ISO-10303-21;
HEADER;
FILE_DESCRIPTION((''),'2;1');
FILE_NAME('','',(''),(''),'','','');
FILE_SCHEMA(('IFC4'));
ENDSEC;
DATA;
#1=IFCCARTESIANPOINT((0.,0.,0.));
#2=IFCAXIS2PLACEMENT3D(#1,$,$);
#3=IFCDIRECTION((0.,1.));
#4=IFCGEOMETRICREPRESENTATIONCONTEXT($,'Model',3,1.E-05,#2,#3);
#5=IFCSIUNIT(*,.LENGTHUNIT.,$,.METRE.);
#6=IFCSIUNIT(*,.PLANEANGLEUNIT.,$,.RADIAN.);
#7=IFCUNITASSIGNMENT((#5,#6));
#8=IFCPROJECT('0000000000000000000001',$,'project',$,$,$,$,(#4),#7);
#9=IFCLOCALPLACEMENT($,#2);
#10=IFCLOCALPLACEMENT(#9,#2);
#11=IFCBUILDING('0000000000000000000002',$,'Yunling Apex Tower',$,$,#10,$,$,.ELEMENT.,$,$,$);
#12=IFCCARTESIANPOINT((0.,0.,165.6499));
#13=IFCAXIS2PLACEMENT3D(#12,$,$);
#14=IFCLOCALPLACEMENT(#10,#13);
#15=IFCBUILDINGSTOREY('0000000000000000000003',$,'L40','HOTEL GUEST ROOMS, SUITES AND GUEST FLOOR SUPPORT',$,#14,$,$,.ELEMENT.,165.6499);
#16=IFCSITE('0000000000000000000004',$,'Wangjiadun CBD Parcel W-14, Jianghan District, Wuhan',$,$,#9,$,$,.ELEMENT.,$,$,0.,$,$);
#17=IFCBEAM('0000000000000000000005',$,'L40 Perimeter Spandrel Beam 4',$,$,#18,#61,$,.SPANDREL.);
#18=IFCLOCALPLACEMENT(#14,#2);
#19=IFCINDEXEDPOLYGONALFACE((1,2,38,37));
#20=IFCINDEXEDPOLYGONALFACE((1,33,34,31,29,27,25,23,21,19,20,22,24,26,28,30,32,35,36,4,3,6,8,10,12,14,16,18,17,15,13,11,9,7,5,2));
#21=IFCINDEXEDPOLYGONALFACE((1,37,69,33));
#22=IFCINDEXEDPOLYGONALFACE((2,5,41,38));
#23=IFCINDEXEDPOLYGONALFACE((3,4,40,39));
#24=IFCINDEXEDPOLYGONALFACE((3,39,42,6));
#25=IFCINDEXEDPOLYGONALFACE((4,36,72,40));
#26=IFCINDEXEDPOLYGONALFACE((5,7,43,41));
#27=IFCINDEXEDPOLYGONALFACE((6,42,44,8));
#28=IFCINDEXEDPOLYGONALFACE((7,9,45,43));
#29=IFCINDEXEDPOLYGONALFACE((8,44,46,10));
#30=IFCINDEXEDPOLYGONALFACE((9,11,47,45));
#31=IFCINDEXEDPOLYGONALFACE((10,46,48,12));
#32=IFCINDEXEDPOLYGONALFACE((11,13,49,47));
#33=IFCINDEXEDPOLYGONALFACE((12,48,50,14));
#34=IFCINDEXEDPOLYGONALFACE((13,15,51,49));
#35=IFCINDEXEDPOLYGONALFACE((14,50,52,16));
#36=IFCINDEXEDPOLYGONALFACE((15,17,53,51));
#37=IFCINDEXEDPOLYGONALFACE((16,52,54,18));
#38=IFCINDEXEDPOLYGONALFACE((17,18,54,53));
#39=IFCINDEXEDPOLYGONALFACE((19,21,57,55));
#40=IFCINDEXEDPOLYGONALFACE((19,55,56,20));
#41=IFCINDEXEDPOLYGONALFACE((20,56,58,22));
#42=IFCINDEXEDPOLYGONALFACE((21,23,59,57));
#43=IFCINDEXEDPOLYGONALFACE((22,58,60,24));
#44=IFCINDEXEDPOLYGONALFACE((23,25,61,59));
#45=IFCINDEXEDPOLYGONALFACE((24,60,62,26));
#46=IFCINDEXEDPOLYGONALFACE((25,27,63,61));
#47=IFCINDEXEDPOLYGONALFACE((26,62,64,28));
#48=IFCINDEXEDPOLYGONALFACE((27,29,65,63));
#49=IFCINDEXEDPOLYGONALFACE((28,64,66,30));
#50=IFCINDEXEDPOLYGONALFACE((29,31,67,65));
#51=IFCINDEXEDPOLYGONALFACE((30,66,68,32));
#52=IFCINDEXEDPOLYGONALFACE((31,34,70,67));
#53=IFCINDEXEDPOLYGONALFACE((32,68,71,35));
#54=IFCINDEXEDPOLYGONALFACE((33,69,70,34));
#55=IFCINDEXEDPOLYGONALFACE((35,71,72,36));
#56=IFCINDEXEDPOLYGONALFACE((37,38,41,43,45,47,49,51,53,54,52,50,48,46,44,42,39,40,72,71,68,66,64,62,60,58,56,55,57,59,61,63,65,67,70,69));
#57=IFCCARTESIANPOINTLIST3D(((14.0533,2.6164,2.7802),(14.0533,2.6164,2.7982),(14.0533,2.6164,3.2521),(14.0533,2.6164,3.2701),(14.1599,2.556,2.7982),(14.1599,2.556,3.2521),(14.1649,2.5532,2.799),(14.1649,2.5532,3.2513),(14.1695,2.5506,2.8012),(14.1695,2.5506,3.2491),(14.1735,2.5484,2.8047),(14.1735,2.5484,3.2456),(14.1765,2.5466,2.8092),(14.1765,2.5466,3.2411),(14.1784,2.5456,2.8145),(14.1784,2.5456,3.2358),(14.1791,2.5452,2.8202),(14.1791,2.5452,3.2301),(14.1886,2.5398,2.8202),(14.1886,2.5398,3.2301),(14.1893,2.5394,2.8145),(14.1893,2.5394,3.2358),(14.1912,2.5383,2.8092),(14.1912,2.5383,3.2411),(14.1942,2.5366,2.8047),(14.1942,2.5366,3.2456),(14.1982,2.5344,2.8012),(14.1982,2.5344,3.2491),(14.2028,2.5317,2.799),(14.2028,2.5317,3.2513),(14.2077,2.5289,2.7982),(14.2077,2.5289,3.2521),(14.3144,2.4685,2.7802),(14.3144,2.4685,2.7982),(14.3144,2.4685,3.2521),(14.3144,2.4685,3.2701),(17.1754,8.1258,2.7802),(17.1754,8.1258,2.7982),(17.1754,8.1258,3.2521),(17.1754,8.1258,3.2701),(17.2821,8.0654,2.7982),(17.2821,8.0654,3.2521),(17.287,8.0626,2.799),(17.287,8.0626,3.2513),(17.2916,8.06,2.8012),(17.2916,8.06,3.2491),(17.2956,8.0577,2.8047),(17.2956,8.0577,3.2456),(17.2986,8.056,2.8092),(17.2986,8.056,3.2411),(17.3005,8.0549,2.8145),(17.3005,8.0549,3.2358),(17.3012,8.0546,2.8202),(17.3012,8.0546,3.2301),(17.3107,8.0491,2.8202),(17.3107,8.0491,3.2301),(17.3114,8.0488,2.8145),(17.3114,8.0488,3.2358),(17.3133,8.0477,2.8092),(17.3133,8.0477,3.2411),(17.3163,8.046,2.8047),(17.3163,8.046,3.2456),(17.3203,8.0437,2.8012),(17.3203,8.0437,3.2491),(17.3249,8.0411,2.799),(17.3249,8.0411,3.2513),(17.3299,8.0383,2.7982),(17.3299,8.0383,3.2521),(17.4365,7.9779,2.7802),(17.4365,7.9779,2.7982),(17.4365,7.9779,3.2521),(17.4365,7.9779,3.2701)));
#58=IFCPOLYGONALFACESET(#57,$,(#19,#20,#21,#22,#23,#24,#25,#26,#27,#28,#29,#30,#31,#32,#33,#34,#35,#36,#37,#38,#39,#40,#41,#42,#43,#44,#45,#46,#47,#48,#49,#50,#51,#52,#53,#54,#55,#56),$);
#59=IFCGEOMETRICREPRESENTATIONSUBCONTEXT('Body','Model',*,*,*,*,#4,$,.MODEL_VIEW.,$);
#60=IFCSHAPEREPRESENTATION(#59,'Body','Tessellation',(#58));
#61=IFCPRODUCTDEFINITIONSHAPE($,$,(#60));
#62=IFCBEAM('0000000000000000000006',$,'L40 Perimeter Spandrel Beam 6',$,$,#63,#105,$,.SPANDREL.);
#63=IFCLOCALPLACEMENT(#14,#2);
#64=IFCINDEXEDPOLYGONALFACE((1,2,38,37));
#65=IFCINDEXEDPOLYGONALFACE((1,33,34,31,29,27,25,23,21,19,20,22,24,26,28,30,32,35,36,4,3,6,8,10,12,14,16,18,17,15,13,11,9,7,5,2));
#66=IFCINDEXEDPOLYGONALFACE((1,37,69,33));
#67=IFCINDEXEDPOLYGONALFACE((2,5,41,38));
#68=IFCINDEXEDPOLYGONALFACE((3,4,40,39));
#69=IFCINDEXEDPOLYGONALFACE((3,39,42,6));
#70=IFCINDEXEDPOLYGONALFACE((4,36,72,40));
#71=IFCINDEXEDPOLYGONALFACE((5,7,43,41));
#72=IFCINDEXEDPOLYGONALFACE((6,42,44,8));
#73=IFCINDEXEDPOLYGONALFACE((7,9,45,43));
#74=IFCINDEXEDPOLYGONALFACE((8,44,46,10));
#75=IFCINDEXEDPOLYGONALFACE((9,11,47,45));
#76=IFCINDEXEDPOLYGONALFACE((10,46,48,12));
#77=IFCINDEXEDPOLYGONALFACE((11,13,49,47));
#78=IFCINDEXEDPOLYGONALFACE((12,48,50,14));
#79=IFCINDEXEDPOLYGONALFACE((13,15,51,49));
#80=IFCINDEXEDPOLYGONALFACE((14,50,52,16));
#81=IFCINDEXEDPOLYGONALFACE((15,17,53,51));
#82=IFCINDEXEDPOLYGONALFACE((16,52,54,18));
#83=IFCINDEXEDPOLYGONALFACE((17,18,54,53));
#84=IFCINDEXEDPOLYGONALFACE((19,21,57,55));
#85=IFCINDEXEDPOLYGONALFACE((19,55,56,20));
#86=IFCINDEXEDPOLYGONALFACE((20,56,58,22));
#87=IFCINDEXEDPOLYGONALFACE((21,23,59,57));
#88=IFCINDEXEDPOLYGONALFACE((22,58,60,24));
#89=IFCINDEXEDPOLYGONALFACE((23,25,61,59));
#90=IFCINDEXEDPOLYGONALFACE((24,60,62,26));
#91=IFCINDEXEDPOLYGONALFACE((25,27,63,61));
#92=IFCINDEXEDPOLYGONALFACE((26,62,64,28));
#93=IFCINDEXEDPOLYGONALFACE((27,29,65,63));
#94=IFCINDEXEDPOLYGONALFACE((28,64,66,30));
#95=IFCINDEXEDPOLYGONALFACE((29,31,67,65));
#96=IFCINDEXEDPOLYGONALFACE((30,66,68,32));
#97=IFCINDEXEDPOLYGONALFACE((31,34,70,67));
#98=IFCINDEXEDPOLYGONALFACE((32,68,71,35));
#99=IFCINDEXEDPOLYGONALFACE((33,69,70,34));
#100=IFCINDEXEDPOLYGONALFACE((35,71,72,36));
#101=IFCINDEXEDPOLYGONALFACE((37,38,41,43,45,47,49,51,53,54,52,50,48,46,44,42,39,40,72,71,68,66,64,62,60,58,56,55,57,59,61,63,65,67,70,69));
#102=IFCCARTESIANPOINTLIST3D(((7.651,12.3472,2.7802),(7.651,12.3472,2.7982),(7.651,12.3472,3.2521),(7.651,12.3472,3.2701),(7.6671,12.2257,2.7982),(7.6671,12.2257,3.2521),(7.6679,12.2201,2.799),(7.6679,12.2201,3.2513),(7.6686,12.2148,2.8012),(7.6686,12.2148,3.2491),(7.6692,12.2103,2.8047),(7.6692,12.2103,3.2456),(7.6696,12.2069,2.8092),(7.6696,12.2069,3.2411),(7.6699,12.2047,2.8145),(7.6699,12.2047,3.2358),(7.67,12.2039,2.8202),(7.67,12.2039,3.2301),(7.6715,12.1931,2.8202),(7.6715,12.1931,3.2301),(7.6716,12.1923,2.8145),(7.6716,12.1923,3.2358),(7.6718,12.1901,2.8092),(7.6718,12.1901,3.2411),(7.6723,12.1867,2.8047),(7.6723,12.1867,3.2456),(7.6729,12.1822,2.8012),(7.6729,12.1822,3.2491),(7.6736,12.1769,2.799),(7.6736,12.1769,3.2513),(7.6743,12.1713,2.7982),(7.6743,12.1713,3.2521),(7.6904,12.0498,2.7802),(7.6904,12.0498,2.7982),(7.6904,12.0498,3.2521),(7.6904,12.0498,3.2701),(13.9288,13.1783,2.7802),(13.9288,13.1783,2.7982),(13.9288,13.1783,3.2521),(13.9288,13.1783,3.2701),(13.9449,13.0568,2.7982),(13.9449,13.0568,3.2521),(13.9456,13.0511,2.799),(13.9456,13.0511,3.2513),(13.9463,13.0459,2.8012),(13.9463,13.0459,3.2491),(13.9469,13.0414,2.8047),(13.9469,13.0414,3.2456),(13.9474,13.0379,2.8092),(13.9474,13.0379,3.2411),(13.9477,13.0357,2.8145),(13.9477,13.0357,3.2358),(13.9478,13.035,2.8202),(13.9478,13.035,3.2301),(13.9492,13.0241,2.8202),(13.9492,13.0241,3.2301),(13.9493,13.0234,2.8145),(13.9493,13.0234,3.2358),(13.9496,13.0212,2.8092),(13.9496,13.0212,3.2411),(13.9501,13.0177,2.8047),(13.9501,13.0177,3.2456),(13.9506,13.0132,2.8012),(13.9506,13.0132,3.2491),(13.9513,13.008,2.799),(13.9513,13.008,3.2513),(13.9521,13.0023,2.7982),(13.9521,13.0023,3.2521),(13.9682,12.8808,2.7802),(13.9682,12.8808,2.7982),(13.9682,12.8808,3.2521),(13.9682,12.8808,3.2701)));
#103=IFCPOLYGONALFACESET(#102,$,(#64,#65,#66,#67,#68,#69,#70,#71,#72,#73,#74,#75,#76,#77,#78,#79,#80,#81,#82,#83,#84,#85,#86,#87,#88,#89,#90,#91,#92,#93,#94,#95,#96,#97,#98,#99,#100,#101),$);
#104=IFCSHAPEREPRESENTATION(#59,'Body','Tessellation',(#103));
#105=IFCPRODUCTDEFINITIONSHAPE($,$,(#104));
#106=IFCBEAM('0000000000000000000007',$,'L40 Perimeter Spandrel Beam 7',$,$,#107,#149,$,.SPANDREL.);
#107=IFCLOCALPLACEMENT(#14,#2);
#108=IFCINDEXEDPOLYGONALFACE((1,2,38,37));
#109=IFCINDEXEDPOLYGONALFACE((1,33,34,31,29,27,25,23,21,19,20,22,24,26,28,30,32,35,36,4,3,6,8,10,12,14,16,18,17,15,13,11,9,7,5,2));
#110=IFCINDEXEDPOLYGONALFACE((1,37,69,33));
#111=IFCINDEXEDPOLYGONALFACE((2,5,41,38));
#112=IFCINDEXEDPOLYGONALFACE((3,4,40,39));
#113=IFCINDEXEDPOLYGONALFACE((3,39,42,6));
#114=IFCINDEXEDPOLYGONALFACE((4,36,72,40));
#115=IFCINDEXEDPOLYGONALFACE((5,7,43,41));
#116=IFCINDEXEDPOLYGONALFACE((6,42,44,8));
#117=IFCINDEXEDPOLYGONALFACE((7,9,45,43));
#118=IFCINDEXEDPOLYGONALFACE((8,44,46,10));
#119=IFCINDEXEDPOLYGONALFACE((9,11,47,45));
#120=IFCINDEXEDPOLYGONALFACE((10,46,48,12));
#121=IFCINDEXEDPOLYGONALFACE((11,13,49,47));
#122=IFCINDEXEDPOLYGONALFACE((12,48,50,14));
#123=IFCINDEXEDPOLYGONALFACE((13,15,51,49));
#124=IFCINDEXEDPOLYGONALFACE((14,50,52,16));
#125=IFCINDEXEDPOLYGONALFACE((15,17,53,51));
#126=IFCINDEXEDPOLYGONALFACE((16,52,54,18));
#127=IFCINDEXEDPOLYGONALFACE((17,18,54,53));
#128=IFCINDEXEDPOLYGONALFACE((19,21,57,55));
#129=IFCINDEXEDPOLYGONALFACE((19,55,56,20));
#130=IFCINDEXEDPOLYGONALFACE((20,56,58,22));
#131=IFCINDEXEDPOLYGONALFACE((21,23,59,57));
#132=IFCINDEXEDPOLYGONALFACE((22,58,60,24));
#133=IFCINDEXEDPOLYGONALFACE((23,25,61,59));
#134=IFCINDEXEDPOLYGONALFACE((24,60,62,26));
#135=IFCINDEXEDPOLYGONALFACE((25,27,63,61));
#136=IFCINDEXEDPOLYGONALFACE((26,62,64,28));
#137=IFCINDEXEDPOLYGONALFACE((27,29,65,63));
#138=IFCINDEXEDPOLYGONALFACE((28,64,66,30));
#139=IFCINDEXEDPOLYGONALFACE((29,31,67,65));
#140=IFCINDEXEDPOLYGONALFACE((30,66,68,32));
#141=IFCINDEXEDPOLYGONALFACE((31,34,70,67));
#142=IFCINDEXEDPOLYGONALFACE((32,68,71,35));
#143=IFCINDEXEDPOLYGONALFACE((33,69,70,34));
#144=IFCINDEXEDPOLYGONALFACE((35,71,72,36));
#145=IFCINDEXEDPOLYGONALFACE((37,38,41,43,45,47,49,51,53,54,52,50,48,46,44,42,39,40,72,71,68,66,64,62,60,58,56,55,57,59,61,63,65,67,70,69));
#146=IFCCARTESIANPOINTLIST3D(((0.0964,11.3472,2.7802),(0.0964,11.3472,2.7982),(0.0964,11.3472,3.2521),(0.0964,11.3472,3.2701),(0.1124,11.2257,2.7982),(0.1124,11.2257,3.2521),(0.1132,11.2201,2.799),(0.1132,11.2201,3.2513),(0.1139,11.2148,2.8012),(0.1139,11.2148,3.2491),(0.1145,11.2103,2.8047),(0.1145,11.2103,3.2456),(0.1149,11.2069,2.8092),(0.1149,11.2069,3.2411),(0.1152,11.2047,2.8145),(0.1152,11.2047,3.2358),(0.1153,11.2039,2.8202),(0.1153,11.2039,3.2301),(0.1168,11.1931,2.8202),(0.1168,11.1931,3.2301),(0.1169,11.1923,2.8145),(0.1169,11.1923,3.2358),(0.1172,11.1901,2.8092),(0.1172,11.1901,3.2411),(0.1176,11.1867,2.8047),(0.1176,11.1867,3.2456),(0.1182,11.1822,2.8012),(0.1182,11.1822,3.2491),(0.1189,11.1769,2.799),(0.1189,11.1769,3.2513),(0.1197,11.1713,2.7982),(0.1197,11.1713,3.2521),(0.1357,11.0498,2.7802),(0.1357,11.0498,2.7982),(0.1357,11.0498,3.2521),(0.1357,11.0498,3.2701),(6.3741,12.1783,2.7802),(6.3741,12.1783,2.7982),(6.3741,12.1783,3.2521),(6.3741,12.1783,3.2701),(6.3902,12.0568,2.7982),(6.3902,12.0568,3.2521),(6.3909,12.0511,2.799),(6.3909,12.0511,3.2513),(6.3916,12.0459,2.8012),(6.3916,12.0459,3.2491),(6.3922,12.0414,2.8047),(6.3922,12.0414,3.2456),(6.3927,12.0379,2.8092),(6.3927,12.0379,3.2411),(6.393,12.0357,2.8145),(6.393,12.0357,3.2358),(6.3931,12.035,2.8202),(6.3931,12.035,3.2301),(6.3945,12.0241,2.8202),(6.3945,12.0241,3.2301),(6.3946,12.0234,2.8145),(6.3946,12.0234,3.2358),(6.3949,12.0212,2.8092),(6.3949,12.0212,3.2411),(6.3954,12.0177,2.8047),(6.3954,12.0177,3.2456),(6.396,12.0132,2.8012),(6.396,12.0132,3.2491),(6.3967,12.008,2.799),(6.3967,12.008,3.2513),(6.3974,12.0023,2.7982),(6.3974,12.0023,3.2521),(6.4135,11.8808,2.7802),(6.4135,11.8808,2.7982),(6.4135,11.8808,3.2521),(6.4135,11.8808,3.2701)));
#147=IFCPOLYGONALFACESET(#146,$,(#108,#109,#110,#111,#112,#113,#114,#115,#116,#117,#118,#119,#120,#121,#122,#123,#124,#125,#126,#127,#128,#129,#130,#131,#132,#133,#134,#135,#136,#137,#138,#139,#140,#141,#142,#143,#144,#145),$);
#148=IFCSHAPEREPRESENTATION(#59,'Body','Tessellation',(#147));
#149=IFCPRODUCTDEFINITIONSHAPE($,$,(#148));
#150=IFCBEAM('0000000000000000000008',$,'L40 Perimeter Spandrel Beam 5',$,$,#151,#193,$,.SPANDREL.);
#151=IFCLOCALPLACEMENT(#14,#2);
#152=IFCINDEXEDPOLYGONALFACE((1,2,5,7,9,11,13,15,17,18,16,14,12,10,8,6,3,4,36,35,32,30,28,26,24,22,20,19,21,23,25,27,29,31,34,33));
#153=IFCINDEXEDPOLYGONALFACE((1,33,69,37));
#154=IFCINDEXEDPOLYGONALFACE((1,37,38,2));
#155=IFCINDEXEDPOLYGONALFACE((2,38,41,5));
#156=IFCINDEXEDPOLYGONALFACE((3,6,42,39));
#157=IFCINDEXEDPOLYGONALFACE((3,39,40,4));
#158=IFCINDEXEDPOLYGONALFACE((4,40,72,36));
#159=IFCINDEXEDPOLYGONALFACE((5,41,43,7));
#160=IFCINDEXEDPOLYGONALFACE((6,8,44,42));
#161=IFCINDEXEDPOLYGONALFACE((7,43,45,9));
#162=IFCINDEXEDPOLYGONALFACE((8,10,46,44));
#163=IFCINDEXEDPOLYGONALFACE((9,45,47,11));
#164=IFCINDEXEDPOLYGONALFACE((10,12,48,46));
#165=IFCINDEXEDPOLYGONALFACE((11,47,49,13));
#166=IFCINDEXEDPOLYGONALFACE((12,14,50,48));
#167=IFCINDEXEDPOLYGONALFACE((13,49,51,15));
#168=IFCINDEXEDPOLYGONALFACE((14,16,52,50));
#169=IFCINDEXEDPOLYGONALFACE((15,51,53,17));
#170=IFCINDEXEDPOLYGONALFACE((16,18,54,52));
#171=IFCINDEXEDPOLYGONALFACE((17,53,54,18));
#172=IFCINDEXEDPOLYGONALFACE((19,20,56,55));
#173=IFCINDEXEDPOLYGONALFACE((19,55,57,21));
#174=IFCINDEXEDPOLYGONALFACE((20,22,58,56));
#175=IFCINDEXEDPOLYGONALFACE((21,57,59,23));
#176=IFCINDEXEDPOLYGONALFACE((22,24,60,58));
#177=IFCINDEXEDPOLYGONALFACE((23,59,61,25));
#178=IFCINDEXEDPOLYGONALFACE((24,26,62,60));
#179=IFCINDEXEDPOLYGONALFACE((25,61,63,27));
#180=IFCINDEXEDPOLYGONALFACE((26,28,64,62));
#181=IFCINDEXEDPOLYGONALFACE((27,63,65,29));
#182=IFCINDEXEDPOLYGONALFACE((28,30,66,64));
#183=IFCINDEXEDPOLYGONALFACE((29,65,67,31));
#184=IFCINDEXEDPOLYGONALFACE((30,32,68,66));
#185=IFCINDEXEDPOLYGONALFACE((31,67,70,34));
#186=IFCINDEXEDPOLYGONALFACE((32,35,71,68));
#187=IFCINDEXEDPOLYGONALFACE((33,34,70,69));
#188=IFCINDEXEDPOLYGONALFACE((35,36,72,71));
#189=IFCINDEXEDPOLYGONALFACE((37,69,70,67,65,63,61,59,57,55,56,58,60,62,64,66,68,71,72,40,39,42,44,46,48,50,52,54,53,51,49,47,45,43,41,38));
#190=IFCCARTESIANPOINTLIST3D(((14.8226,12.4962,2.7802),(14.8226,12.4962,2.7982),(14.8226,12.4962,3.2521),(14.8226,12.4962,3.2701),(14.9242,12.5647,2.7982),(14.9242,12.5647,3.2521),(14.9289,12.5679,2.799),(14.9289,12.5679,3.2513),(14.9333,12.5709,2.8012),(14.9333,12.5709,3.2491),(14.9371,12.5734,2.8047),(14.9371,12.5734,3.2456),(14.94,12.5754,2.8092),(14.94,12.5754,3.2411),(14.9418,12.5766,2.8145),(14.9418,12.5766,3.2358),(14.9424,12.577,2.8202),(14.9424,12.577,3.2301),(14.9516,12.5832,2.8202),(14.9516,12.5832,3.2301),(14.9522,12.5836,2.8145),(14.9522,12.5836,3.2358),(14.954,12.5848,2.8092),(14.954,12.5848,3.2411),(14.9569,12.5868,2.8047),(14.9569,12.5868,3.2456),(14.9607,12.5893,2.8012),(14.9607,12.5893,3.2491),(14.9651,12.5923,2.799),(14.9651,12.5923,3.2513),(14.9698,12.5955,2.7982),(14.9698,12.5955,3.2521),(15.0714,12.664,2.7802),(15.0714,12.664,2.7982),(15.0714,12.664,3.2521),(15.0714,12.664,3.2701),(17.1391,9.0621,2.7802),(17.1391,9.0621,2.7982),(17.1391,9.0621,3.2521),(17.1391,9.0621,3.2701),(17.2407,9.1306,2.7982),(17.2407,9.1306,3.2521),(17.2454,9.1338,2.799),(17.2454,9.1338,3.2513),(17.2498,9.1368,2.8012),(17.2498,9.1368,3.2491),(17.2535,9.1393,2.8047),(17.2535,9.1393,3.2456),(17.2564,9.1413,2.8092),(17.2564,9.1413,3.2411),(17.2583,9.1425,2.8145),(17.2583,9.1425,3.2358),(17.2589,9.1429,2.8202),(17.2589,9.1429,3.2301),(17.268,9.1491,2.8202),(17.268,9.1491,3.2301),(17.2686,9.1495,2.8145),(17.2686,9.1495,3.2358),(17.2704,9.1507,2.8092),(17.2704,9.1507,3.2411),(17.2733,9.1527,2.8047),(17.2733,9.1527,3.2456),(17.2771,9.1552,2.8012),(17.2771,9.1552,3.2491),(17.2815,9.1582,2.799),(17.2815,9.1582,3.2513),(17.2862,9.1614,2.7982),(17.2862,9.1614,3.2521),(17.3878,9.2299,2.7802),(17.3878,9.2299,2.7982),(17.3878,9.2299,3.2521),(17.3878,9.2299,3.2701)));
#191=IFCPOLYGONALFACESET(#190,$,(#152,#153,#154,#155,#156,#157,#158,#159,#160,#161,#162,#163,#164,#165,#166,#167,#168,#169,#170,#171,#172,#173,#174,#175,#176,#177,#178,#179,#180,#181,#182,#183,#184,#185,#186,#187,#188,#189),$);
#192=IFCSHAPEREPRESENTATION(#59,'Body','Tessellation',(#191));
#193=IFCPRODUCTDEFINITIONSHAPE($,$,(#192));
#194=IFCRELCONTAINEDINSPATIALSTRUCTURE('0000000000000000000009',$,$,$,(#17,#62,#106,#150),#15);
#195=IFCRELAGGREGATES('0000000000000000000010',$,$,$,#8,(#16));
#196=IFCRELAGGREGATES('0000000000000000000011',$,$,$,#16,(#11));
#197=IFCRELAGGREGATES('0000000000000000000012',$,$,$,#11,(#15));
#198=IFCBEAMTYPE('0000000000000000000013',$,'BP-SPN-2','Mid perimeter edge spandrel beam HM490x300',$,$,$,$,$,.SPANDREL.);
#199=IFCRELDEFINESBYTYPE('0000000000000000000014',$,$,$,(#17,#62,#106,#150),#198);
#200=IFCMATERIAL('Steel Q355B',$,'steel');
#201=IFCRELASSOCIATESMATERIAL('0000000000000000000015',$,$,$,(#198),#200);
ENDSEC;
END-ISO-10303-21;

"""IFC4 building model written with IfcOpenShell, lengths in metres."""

from ifc_helpers import new_model, si_unit, direction, frame, origin, origin_2d, place, context, subcontext, project, spatial, i_section, extrude, source, transform, mapped, material, material_profile, profile_set, type_object, element, save


model = new_model("IFC4")

# Units and contexts
model_context = context("Model", 3, precision=1e-05, world=origin(), true_north=direction((0.0, 1.0)))
body_context = subcontext(model_context, "Body", "Model", "MODEL_VIEW")
ifc_project = project(units=[si_unit("LENGTHUNIT", "METRE"), si_unit("PLANEANGLEUNIT", "RADIAN")], contexts=[model_context])

# Site, building, storey
site_placement = place(None, origin())
site = spatial("IfcSite", under=ifc_project, at=site_placement, Name="Wangjiadun CBD Parcel W-14, Jianghan District, Wuhan", CompositionType="ELEMENT", RefElevation=0.0)
building_placement = place(site_placement, origin())
building = spatial("IfcBuilding", under=site, at=building_placement, Name="Yunling Apex Tower", CompositionType="ELEMENT")
storey_placement = place(building_placement, frame((0.0, 0.0, 165.6499)))
storey = spatial("IfcBuildingStorey", under=building, at=storey_placement, Name="L40", Description="HOTEL GUEST ROOMS, SUITES AND GUEST FLOOR SUPPORT", CompositionType="ELEMENT", Elevation=165.6499)

# Beams
ifc_material_1 = material(Name="Steel Q355B", Category="steel")
ifc_material_profile_1 = material_profile(ifc_material_1, i_section(OverallWidth=0.3, OverallDepth=0.49, WebThickness=0.011, FlangeThickness=0.0181, FilletRadius=0.022, at=origin_2d()))
ifc_profile_set_1 = profile_set([ifc_material_profile_1], Name="Steel Q355B")
beam_type_1 = type_object("IfcBeamType", Name="BP-SPN-2", Description="Mid perimeter edge spandrel beam HM490x300", PredefinedType="SPANDREL", material=ifc_profile_set_1)
shared_shape_1 = source(origin(), body_context, "Body", "SweptSolid", [
    extrude(i_section(OverallWidth=0.3, OverallDepth=0.49, WebThickness=0.011, FlangeThickness=0.0181, FilletRadius=0.022, at=origin_2d()), origin(), (0.0, 0.0, 1.0), 6.3325),
])
for number, where, z_axis, x_axis, name in (
    (1, (14.1838, 2.5425, 3.0251), (0.49303, 0.870012, 0.0), (-0.870012, 0.49303, 0.0), "L40 Perimeter Spandrel Beam 4"),
    (2, (13.9485, 13.0295, 3.0251), (-0.991351, -0.131234, 0.0), (0.131234, -0.991351, 0.0), "L40 Perimeter Spandrel Beam 6"),
    (3, (6.3938, 12.0295, 3.0251), (-0.991351, -0.131234, 0.0), (0.131234, -0.991351, 0.0), "L40 Perimeter Spandrel Beam 7"),
):
    element("IfcBeam", number, at=place(storey_placement, frame(where, z_axis=z_axis, x_axis=x_axis)), inside=storey, type_object=beam_type_1, Name=name, PredefinedType="SPANDREL", context=body_context, shape_type="MappedRepresentation", body=[
        mapped(shared_shape_1, transform((0.0, 0.0, 0.0), scale=1.0)),
    ])
shared_shape_2 = source(origin(), body_context, "Body", "SweptSolid", [
    extrude(i_section(OverallWidth=0.3, OverallDepth=0.49, WebThickness=0.011, FlangeThickness=0.0181, FilletRadius=0.022, at=origin_2d()), origin(), (0.0, 0.0, 1.0), 4.1423),
])
beam_1_placement = place(storey_placement, frame((17.2634, 9.146, 3.0251), z_axis=(-0.559208, 0.829028, 0.0), x_axis=(-0.829028, -0.559208, 0.0)))
element("IfcBeam", 4, at=beam_1_placement, inside=storey, type_object=beam_type_1, Name="L40 Perimeter Spandrel Beam 5", PredefinedType="SPANDREL", context=body_context, shape_type="MappedRepresentation", body=[
    mapped(shared_shape_2, transform((0.0, 0.0, 0.0), scale=1.0)),
])

save(model, "model.ifc")
